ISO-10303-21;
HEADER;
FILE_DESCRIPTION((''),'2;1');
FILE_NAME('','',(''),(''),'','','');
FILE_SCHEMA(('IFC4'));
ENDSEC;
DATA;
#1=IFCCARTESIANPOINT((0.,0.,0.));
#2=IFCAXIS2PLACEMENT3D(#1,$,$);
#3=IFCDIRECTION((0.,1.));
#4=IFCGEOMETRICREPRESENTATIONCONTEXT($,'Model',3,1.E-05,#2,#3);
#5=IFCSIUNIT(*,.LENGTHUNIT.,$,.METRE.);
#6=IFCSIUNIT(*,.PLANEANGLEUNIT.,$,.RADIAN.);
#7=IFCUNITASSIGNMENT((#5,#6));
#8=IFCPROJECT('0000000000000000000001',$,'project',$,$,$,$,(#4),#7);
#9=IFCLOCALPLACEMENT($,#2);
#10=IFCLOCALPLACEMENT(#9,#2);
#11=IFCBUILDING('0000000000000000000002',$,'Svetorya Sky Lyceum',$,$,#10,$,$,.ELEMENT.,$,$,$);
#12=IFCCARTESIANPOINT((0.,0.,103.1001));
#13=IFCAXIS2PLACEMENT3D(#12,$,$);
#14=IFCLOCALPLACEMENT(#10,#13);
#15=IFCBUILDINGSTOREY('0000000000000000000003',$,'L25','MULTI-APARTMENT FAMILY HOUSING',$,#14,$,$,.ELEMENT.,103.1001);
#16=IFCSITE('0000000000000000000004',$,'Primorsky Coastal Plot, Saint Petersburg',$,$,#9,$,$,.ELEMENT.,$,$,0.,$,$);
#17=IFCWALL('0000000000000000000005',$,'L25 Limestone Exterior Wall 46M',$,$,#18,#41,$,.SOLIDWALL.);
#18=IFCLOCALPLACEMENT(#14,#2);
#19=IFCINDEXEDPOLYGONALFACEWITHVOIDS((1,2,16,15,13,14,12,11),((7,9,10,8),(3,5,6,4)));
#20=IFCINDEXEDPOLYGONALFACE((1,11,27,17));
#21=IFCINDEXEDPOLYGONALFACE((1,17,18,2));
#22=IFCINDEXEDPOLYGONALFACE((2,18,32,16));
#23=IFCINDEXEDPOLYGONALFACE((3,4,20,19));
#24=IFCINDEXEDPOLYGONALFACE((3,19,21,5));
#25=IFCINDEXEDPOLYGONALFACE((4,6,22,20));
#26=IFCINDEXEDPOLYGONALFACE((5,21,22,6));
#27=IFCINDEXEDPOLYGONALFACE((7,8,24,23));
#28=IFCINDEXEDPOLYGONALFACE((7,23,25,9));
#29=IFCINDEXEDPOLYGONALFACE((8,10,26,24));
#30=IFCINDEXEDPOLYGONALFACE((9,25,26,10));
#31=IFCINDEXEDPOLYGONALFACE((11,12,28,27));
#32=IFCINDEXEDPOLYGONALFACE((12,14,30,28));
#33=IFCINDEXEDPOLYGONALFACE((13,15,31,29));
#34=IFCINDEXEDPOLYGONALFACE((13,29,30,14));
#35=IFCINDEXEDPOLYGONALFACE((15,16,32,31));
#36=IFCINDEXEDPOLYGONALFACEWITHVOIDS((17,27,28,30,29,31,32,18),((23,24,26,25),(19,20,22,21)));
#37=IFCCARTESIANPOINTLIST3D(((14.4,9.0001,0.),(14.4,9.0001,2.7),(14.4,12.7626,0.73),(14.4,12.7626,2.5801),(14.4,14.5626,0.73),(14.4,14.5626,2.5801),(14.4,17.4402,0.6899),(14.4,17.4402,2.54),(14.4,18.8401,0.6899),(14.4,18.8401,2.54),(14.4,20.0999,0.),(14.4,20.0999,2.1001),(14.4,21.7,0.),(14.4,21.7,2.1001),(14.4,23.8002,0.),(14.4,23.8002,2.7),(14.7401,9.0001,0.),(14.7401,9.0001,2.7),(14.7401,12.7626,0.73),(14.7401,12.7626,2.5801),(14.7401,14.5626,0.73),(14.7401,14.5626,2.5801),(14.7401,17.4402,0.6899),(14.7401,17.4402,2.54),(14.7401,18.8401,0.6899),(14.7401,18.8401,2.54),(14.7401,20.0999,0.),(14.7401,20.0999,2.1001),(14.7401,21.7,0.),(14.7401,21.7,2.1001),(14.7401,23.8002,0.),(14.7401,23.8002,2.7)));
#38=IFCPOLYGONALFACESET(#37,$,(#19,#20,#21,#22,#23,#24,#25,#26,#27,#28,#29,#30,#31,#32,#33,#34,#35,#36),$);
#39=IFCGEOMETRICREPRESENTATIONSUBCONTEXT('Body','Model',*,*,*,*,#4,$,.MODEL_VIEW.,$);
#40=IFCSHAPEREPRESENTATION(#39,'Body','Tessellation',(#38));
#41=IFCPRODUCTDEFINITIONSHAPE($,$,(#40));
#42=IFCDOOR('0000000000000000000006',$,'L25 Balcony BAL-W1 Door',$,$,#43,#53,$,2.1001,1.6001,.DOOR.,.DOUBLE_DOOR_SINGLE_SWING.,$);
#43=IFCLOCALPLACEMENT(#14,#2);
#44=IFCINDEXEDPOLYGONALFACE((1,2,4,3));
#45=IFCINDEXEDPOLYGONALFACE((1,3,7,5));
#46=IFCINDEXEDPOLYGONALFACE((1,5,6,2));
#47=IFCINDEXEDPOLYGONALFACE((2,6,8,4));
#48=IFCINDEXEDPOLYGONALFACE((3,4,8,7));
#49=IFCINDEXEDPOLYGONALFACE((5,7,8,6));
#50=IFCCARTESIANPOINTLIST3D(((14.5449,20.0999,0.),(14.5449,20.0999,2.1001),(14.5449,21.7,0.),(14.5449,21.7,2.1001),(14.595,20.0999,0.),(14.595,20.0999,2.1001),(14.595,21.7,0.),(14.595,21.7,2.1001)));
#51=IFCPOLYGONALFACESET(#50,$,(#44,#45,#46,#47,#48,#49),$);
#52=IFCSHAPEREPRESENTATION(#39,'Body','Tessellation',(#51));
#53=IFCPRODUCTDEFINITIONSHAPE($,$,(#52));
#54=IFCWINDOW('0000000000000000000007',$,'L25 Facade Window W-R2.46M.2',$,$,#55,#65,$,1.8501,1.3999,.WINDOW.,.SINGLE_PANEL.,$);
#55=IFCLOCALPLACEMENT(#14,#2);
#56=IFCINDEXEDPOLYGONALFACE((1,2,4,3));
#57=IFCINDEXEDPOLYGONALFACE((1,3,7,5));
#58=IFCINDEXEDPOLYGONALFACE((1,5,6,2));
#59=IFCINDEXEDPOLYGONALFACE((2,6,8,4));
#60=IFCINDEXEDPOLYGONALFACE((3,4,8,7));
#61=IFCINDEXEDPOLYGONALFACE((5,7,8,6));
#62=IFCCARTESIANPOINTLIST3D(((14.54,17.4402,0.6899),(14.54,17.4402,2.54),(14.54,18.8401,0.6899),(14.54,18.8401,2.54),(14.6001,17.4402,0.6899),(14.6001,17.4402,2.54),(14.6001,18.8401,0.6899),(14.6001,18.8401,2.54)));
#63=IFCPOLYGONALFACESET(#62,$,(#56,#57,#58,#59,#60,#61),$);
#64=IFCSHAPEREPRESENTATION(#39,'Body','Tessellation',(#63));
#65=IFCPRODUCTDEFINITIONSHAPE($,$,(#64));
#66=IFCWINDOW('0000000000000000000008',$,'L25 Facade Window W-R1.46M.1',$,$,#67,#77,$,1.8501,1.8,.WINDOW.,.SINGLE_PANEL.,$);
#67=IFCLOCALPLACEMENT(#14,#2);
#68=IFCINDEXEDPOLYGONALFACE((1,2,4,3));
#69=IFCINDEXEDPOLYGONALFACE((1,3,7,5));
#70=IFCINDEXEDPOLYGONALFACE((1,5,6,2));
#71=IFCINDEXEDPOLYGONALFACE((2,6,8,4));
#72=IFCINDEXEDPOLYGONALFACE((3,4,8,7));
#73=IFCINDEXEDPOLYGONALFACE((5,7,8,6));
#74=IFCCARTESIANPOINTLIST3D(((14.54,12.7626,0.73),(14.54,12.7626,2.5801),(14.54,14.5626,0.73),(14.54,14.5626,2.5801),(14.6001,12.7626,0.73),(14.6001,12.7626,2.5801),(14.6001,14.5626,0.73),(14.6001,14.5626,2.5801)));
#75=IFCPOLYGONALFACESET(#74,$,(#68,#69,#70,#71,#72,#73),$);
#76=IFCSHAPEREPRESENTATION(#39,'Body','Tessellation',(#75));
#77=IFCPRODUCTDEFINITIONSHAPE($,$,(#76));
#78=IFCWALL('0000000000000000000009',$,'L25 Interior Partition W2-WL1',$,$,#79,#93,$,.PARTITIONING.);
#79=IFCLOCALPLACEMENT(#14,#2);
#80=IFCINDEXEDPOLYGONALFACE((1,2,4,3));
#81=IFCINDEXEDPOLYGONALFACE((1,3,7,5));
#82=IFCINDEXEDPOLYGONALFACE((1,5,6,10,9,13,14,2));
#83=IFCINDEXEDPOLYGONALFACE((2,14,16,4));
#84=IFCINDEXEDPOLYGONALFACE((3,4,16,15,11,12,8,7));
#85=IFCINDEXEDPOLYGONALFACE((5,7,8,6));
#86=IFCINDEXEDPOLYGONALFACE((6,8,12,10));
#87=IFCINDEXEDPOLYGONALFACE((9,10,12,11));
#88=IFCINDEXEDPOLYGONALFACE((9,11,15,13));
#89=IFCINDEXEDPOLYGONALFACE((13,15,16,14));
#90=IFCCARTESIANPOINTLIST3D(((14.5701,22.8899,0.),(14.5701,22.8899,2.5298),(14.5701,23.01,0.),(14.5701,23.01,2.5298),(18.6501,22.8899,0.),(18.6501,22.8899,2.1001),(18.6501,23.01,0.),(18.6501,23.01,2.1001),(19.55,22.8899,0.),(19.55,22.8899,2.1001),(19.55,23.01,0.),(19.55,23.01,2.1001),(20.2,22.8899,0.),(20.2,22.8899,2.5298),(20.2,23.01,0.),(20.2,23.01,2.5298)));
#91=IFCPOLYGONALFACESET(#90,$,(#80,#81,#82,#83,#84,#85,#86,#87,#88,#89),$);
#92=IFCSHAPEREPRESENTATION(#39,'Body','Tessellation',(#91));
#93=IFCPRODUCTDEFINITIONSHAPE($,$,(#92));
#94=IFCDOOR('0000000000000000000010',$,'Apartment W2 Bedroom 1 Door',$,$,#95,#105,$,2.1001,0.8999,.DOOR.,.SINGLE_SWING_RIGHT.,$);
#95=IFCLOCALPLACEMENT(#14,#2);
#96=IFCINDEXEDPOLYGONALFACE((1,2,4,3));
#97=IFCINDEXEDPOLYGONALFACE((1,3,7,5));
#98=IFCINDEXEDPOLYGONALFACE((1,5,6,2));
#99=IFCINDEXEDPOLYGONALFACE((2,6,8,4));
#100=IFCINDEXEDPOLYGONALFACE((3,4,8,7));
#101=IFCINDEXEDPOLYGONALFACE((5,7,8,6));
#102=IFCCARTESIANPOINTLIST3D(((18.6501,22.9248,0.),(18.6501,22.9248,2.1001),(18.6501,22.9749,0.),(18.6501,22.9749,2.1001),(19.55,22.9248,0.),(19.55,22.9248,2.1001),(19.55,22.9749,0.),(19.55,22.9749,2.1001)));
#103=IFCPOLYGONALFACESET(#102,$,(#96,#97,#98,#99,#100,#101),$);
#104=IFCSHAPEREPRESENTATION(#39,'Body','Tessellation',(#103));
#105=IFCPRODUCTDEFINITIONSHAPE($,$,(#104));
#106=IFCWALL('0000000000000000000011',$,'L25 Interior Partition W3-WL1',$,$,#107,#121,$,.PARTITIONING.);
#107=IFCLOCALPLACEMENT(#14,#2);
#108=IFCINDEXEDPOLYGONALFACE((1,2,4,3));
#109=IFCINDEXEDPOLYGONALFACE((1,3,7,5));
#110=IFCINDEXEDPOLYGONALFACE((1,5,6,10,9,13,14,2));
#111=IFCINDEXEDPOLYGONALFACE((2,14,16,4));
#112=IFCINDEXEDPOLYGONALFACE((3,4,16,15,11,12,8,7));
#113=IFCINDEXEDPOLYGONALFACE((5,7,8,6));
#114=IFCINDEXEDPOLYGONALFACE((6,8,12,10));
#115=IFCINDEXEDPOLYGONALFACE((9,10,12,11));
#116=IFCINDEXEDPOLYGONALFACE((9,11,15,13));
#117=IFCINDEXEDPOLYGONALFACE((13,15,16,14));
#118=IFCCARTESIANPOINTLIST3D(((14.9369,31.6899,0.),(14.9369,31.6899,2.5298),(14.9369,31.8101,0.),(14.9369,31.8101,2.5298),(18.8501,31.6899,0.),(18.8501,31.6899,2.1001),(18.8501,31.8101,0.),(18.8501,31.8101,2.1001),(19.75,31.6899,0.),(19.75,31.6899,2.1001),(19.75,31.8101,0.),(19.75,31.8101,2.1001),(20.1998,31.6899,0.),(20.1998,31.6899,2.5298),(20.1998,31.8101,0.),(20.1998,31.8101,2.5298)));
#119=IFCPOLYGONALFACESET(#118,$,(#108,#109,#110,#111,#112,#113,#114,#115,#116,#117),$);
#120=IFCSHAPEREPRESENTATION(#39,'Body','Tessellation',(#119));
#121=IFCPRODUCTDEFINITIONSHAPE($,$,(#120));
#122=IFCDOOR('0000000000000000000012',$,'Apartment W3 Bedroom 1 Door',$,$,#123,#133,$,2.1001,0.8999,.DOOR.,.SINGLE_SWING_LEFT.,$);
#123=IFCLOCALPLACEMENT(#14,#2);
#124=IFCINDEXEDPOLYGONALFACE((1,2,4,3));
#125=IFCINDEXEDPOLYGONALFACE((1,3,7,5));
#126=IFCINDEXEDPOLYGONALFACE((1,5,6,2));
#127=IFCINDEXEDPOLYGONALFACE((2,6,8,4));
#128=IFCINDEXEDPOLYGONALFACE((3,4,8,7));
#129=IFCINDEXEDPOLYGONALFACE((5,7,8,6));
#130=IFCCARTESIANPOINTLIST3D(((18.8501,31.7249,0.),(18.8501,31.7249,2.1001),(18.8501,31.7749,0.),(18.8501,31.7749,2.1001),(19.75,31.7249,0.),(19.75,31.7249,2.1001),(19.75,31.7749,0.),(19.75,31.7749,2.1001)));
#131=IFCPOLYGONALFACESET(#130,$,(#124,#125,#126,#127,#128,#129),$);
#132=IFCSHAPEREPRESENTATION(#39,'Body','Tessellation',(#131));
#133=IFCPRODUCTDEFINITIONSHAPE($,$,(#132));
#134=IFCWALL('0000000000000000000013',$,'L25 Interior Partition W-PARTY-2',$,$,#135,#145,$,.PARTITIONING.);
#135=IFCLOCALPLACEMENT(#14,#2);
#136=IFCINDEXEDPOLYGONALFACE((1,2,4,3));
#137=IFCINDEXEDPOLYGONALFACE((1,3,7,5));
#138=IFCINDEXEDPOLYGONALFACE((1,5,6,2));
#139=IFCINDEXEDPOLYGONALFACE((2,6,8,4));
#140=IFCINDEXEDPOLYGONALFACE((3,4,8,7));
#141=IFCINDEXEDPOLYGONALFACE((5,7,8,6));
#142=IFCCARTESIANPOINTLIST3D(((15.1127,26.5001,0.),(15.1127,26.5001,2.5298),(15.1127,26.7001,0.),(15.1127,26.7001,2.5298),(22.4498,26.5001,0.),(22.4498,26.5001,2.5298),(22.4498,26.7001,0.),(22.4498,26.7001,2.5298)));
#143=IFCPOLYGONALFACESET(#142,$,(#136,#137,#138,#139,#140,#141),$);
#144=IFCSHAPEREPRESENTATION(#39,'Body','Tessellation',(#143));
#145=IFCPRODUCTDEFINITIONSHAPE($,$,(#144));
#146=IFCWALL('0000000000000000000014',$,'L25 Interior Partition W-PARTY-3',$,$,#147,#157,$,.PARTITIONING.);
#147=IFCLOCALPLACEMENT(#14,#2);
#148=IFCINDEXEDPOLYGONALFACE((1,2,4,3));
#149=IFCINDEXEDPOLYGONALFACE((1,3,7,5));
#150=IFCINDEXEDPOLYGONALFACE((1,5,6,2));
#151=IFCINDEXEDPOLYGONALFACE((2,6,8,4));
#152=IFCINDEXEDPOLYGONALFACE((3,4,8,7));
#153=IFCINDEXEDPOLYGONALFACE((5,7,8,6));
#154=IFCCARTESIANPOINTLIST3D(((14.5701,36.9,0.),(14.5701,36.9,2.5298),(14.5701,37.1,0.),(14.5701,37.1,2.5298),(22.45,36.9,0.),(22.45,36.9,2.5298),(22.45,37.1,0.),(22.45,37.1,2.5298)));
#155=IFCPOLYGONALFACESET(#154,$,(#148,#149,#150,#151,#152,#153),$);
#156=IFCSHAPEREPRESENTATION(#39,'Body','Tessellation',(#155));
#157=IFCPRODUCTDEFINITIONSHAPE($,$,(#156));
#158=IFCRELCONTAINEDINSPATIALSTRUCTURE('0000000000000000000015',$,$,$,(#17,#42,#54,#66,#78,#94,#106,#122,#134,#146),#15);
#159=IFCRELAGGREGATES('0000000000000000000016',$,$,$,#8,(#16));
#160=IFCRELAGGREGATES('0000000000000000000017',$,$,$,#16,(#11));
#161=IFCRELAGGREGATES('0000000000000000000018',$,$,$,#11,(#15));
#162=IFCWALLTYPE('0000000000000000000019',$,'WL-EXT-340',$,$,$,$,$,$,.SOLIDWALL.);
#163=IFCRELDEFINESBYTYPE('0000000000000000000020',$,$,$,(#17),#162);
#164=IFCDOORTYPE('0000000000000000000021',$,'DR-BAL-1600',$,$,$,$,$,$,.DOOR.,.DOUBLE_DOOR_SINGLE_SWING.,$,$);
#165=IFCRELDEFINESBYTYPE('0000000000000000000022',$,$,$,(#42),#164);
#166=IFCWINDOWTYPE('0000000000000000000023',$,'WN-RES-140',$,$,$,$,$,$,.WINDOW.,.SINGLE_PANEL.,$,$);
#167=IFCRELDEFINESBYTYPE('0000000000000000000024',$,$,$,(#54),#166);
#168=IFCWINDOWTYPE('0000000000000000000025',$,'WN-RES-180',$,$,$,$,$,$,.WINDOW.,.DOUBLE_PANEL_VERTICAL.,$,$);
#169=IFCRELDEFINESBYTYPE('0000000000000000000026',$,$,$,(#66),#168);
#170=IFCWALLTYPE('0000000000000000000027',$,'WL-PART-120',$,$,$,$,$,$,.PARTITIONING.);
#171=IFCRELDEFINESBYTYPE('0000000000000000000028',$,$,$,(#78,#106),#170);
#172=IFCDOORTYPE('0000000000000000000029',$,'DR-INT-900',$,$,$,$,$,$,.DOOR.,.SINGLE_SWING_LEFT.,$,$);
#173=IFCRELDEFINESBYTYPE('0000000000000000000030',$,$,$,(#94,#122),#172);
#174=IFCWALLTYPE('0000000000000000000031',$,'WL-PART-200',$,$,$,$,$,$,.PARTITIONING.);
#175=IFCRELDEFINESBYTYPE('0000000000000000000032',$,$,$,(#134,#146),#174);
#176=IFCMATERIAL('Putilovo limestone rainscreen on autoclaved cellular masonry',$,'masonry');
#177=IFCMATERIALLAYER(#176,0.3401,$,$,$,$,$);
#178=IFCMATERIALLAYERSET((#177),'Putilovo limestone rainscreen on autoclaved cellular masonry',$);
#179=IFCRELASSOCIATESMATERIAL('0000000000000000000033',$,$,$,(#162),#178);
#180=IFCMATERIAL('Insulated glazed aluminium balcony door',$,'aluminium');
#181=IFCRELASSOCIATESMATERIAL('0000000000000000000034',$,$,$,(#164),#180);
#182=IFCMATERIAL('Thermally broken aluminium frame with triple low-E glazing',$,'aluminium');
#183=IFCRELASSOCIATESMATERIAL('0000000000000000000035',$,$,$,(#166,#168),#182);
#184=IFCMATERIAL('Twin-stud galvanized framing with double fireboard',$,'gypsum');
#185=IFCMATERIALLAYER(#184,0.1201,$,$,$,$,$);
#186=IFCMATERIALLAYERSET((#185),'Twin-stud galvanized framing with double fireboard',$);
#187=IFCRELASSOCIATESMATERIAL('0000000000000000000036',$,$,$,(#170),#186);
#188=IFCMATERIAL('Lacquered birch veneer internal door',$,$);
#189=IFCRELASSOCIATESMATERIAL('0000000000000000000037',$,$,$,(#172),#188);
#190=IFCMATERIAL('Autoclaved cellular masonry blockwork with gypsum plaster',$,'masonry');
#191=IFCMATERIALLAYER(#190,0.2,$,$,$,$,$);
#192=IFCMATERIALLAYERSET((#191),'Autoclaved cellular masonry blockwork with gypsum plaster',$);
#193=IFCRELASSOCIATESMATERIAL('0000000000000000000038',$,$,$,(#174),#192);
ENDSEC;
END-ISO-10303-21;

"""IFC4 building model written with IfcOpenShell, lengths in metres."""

from ifc_helpers import new_model, si_unit, direction, frame, frame_2d, origin, place, context, subcontext, project, spatial, rectangle, extrude, material, layer, layer_set, type_object, element, fill, save


model = new_model("IFC4")

# Units and contexts
model_context = context("Model", 3, precision=1e-05, world=origin(), true_north=direction((0.0, 1.0)))
body_context = subcontext(model_context, "Body", "Model", "MODEL_VIEW")
ifc_project = project(units=[si_unit("LENGTHUNIT", "METRE"), si_unit("PLANEANGLEUNIT", "RADIAN")], contexts=[model_context])

# Site, building, storey
site_placement = place(None, origin())
site = spatial("IfcSite", under=ifc_project, at=site_placement, Name="Primorsky Coastal Plot, Saint Petersburg", CompositionType="ELEMENT", RefElevation=0.0)
building_placement = place(site_placement, origin())
building = spatial("IfcBuilding", under=site, at=building_placement, Name="Svetorya Sky Lyceum", CompositionType="ELEMENT")
storey_placement = place(building_placement, frame((0.0, 0.0, 103.1001)))
storey = spatial("IfcBuildingStorey", under=building, at=storey_placement, Name="L25", Description="MULTI-APARTMENT FAMILY HOUSING", CompositionType="ELEMENT", Elevation=103.1001)

# Shared definitions
ifc_material_1 = material(Name="Putilovo limestone rainscreen on autoclaved cellular masonry", Category="masonry")
ifc_layer_1 = layer(ifc_material_1, 0.3401)
ifc_layer_set_1 = layer_set([ifc_layer_1], Name="Putilovo limestone rainscreen on autoclaved cellular masonry")
wall_type_1 = type_object("IfcWallType", Name="WL-EXT-340", PredefinedType="SOLIDWALL", material=ifc_layer_set_1)

# Shared definitions
ifc_material_2 = material(Name="Thermally broken aluminium frame with triple low-E glazing", Category="aluminium")

# Wall, openings, door, windows
wall_1_placement = place(storey_placement, frame((14.5701, 23.8, 0.0), z_axis=(0.0, 0.0, 1.0), x_axis=(0.0, -1.0, 0.0)))
wall_1 = element("IfcWall", 1, at=wall_1_placement, inside=storey, type_object=wall_type_1, Name="L25 Limestone Exterior Wall 46M", PredefinedType="SOLIDWALL", context=body_context, shape_type="SweptSolid", body=[
    extrude(rectangle(XDim=14.8, YDim=0.3401, at=frame_2d((7.3999, 0.0))), origin(), (0.0, 0.0, 1.0), 2.7),
])
opening_1_placement = place(wall_1_placement, frame((2.1001, 0.0, 0.0)))
opening_1 = element("IfcOpeningElement", 2, at=opening_1_placement, cuts=wall_1, PredefinedType="OPENING", context=body_context, shape_type="SweptSolid", body=[
    extrude(rectangle(XDim=1.6001, YDim=2.1001, at=frame_2d((0.8, 1.05))), frame((0.0, 0.1799, 0.0), z_axis=(0.0, -1.0, 0.0), x_axis=(1.0, 0.0, 0.0)), (0.0, 0.0, 1.0), 0.3601),
])
opening_2_placement = place(wall_1_placement, frame((4.96, 0.0, 0.6899)))
opening_2 = element("IfcOpeningElement", 3, at=opening_2_placement, cuts=wall_1, PredefinedType="OPENING", context=body_context, shape_type="SweptSolid", body=[
    extrude(rectangle(XDim=1.3999, YDim=1.8501, at=frame_2d((0.7, 0.925))), frame((0.0, 0.1799, 0.0), z_axis=(0.0, -1.0, 0.0), x_axis=(1.0, 0.0, 0.0)), (0.0, 0.0, 1.0), 0.3601),
])
opening_3_placement = place(wall_1_placement, frame((9.2375, 0.0, 0.73)))
opening_3 = element("IfcOpeningElement", 4, at=opening_3_placement, cuts=wall_1, PredefinedType="OPENING", context=body_context, shape_type="SweptSolid", body=[
    extrude(rectangle(XDim=1.8, YDim=1.8501, at=frame_2d((0.8999, 0.925))), frame((0.0, 0.1799, 0.0), z_axis=(0.0, -1.0, 0.0), x_axis=(1.0, 0.0, 0.0)), (0.0, 0.0, 1.0), 0.3601),
])
ifc_material_3 = material(Name="Insulated glazed aluminium balcony door", Category="aluminium")
door_type_1 = type_object("IfcDoorType", Name="DR-BAL-1600", OperationType="DOUBLE_DOOR_SINGLE_SWING", PredefinedType="DOOR", material=ifc_material_3)
door_1_placement = place(opening_1_placement, origin())
door_1 = element("IfcDoor", 5, at=door_1_placement, inside=storey, type_object=door_type_1, Name="L25 Balcony BAL-W1 Door", OperationType="DOUBLE_DOOR_SINGLE_SWING", OverallHeight=2.1001, OverallWidth=1.6001, PredefinedType="DOOR", context=body_context, shape_type="SweptSolid", body=[
    extrude(rectangle(XDim=1.6001, YDim=2.1001, at=frame_2d((0.8, 1.05))), frame((0.0, 0.0249, 0.0), z_axis=(0.0, -1.0, 0.0), x_axis=(1.0, 0.0, 0.0)), (0.0, 0.0, 1.0), 0.05),
])
fill(opening_1, door_1)
window_type_1 = type_object("IfcWindowType", Name="WN-RES-140", PartitioningType="SINGLE_PANEL", PredefinedType="WINDOW", material=ifc_material_2)
window_1_placement = place(opening_2_placement, origin())
window_1 = element("IfcWindow", 6, at=window_1_placement, inside=storey, type_object=window_type_1, Name="L25 Facade Window W-R2.46M.2", OverallHeight=1.8501, OverallWidth=1.3999, PartitioningType="SINGLE_PANEL", PredefinedType="WINDOW", context=body_context, shape_type="SweptSolid", body=[
    extrude(rectangle(XDim=1.3999, YDim=1.8501, at=frame_2d((0.7, 0.925))), frame((0.0, 0.03, 0.0), z_axis=(0.0, -1.0, 0.0), x_axis=(1.0, 0.0, 0.0)), (0.0, 0.0, 1.0), 0.0601),
])
fill(opening_2, window_1)
window_type_2 = type_object("IfcWindowType", Name="WN-RES-180", PartitioningType="DOUBLE_PANEL_VERTICAL", PredefinedType="WINDOW", material=ifc_material_2)
window_2_placement = place(opening_3_placement, origin())
window_2 = element("IfcWindow", 7, at=window_2_placement, inside=storey, type_object=window_type_2, Name="L25 Facade Window W-R1.46M.1", OverallHeight=1.8501, OverallWidth=1.8, PartitioningType="SINGLE_PANEL", PredefinedType="WINDOW", context=body_context, shape_type="SweptSolid", body=[
    extrude(rectangle(XDim=1.8, YDim=1.8501, at=frame_2d((0.8999, 0.925))), frame((0.0, 0.03, 0.0), z_axis=(0.0, -1.0, 0.0), x_axis=(1.0, 0.0, 0.0)), (0.0, 0.0, 1.0), 0.0601),
])
fill(opening_3, window_2)

# Walls, openings, doors
ifc_material_4 = material(Name="Twin-stud galvanized framing with double fireboard", Category="gypsum")
ifc_layer_2 = layer(ifc_material_4, 0.1201)
ifc_layer_set_2 = layer_set([ifc_layer_2], Name="Twin-stud galvanized framing with double fireboard")
wall_type_2 = type_object("IfcWallType", Name="WL-PART-120", PredefinedType="PARTITIONING", material=ifc_layer_set_2)
wall_2_placement = place(storey_placement, frame((14.5701, 22.95, 0.0), z_axis=(0.0, 0.0, 1.0), x_axis=(1.0, 0.0, 0.0)))
wall_2 = element("IfcWall", 8, at=wall_2_placement, inside=storey, type_object=wall_type_2, Name="L25 Interior Partition W2-WL1", PredefinedType="PARTITIONING", context=body_context, shape_type="SweptSolid", body=[
    extrude(rectangle(XDim=5.6299, YDim=0.1201, at=frame_2d((2.8149, 0.0))), origin(), (0.0, 0.0, 1.0), 2.5298),
])
opening_4_placement = place(wall_2_placement, frame((4.0801, 0.0, 0.0)))
opening_4 = element("IfcOpeningElement", 9, at=opening_4_placement, cuts=wall_2, PredefinedType="OPENING", context=body_context, shape_type="SweptSolid", body=[
    extrude(rectangle(XDim=0.8999, YDim=2.1001, at=frame_2d((0.45, 1.05))), frame((0.0, 0.0701, 0.0), z_axis=(0.0, -1.0, 0.0), x_axis=(1.0, 0.0, 0.0)), (0.0, 0.0, 1.0), 0.1401),
])
ifc_material_5 = material(Name="Lacquered birch veneer internal door")
door_type_2 = type_object("IfcDoorType", Name="DR-INT-900", OperationType="SINGLE_SWING_LEFT", PredefinedType="DOOR", material=ifc_material_5)
door_2_placement = place(opening_4_placement, origin())
door_2 = element("IfcDoor", 10, at=door_2_placement, inside=storey, type_object=door_type_2, Name="Apartment W2 Bedroom 1 Door", OperationType="SINGLE_SWING_RIGHT", OverallHeight=2.1001, OverallWidth=0.8999, PredefinedType="DOOR", context=body_context, shape_type="SweptSolid", body=[
    extrude(rectangle(XDim=0.8999, YDim=2.1001, at=frame_2d((0.45, 1.05))), frame((0.0, 0.0249, 0.0), z_axis=(0.0, -1.0, 0.0), x_axis=(1.0, 0.0, 0.0)), (0.0, 0.0, 1.0), 0.05),
])
fill(opening_4, door_2)
wall_3_placement = place(storey_placement, frame((14.937, 31.75, 0.0), z_axis=(0.0, 0.0, 1.0), x_axis=(1.0, 0.0, 0.0)))
wall_3 = element("IfcWall", 11, at=wall_3_placement, inside=storey, type_object=wall_type_2, Name="L25 Interior Partition W3-WL1", PredefinedType="PARTITIONING", context=body_context, shape_type="SweptSolid", body=[
    extrude(rectangle(XDim=5.2629, YDim=0.1201, at=frame_2d((2.6313, 0.0))), origin(), (0.0, 0.0, 1.0), 2.5298),
])
opening_5_placement = place(wall_3_placement, frame((3.9131, 0.0, 0.0)))
opening_5 = element("IfcOpeningElement", 12, at=opening_5_placement, cuts=wall_3, PredefinedType="OPENING", context=body_context, shape_type="SweptSolid", body=[
    extrude(rectangle(XDim=0.8999, YDim=2.1001, at=frame_2d((0.45, 1.05))), frame((0.0, 0.0701, 0.0), z_axis=(0.0, -1.0, 0.0), x_axis=(1.0, 0.0, 0.0)), (0.0, 0.0, 1.0), 0.1401),
])
door_3_placement = place(opening_5_placement, origin())
door_3 = element("IfcDoor", 13, at=door_3_placement, inside=storey, type_object=door_type_2, Name="Apartment W3 Bedroom 1 Door", OperationType="SINGLE_SWING_LEFT", OverallHeight=2.1001, OverallWidth=0.8999, PredefinedType="DOOR", context=body_context, shape_type="SweptSolid", body=[
    extrude(rectangle(XDim=0.8999, YDim=2.1001, at=frame_2d((0.45, 1.05))), frame((0.0, 0.0249, 0.0), z_axis=(0.0, -1.0, 0.0), x_axis=(1.0, 0.0, 0.0)), (0.0, 0.0, 1.0), 0.05),
])
fill(opening_5, door_3)

# Walls
ifc_material_6 = material(Name="Autoclaved cellular masonry blockwork with gypsum plaster", Category="masonry")
ifc_layer_3 = layer(ifc_material_6, 0.2)
ifc_layer_set_3 = layer_set([ifc_layer_3], Name="Autoclaved cellular masonry blockwork with gypsum plaster")
wall_type_3 = type_object("IfcWallType", Name="WL-PART-200", PredefinedType="PARTITIONING", material=ifc_layer_set_3)
wall_4_placement = place(storey_placement, frame((15.1128, 26.6001, 0.0), z_axis=(0.0, 0.0, 1.0), x_axis=(1.0, 0.0, 0.0)))
element("IfcWall", 14, at=wall_4_placement, inside=storey, type_object=wall_type_3, Name="L25 Interior Partition W-PARTY-2", PredefinedType="PARTITIONING", context=body_context, shape_type="SweptSolid", body=[
    extrude(rectangle(XDim=7.3372, YDim=0.2, at=frame_2d((3.6685, 0.0))), origin(), (0.0, 0.0, 1.0), 2.5298),
])
wall_5_placement = place(storey_placement, frame((14.5701, 37.0, 0.0), z_axis=(0.0, 0.0, 1.0), x_axis=(1.0, 0.0, 0.0)))
element("IfcWall", 15, at=wall_5_placement, inside=storey, type_object=wall_type_3, Name="L25 Interior Partition W-PARTY-3", PredefinedType="PARTITIONING", context=body_context, shape_type="SweptSolid", body=[
    extrude(rectangle(XDim=7.8799, YDim=0.2, at=frame_2d((3.9399, 0.0))), origin(), (0.0, 0.0, 1.0), 2.5298),
])

save(model, "model.ifc")
